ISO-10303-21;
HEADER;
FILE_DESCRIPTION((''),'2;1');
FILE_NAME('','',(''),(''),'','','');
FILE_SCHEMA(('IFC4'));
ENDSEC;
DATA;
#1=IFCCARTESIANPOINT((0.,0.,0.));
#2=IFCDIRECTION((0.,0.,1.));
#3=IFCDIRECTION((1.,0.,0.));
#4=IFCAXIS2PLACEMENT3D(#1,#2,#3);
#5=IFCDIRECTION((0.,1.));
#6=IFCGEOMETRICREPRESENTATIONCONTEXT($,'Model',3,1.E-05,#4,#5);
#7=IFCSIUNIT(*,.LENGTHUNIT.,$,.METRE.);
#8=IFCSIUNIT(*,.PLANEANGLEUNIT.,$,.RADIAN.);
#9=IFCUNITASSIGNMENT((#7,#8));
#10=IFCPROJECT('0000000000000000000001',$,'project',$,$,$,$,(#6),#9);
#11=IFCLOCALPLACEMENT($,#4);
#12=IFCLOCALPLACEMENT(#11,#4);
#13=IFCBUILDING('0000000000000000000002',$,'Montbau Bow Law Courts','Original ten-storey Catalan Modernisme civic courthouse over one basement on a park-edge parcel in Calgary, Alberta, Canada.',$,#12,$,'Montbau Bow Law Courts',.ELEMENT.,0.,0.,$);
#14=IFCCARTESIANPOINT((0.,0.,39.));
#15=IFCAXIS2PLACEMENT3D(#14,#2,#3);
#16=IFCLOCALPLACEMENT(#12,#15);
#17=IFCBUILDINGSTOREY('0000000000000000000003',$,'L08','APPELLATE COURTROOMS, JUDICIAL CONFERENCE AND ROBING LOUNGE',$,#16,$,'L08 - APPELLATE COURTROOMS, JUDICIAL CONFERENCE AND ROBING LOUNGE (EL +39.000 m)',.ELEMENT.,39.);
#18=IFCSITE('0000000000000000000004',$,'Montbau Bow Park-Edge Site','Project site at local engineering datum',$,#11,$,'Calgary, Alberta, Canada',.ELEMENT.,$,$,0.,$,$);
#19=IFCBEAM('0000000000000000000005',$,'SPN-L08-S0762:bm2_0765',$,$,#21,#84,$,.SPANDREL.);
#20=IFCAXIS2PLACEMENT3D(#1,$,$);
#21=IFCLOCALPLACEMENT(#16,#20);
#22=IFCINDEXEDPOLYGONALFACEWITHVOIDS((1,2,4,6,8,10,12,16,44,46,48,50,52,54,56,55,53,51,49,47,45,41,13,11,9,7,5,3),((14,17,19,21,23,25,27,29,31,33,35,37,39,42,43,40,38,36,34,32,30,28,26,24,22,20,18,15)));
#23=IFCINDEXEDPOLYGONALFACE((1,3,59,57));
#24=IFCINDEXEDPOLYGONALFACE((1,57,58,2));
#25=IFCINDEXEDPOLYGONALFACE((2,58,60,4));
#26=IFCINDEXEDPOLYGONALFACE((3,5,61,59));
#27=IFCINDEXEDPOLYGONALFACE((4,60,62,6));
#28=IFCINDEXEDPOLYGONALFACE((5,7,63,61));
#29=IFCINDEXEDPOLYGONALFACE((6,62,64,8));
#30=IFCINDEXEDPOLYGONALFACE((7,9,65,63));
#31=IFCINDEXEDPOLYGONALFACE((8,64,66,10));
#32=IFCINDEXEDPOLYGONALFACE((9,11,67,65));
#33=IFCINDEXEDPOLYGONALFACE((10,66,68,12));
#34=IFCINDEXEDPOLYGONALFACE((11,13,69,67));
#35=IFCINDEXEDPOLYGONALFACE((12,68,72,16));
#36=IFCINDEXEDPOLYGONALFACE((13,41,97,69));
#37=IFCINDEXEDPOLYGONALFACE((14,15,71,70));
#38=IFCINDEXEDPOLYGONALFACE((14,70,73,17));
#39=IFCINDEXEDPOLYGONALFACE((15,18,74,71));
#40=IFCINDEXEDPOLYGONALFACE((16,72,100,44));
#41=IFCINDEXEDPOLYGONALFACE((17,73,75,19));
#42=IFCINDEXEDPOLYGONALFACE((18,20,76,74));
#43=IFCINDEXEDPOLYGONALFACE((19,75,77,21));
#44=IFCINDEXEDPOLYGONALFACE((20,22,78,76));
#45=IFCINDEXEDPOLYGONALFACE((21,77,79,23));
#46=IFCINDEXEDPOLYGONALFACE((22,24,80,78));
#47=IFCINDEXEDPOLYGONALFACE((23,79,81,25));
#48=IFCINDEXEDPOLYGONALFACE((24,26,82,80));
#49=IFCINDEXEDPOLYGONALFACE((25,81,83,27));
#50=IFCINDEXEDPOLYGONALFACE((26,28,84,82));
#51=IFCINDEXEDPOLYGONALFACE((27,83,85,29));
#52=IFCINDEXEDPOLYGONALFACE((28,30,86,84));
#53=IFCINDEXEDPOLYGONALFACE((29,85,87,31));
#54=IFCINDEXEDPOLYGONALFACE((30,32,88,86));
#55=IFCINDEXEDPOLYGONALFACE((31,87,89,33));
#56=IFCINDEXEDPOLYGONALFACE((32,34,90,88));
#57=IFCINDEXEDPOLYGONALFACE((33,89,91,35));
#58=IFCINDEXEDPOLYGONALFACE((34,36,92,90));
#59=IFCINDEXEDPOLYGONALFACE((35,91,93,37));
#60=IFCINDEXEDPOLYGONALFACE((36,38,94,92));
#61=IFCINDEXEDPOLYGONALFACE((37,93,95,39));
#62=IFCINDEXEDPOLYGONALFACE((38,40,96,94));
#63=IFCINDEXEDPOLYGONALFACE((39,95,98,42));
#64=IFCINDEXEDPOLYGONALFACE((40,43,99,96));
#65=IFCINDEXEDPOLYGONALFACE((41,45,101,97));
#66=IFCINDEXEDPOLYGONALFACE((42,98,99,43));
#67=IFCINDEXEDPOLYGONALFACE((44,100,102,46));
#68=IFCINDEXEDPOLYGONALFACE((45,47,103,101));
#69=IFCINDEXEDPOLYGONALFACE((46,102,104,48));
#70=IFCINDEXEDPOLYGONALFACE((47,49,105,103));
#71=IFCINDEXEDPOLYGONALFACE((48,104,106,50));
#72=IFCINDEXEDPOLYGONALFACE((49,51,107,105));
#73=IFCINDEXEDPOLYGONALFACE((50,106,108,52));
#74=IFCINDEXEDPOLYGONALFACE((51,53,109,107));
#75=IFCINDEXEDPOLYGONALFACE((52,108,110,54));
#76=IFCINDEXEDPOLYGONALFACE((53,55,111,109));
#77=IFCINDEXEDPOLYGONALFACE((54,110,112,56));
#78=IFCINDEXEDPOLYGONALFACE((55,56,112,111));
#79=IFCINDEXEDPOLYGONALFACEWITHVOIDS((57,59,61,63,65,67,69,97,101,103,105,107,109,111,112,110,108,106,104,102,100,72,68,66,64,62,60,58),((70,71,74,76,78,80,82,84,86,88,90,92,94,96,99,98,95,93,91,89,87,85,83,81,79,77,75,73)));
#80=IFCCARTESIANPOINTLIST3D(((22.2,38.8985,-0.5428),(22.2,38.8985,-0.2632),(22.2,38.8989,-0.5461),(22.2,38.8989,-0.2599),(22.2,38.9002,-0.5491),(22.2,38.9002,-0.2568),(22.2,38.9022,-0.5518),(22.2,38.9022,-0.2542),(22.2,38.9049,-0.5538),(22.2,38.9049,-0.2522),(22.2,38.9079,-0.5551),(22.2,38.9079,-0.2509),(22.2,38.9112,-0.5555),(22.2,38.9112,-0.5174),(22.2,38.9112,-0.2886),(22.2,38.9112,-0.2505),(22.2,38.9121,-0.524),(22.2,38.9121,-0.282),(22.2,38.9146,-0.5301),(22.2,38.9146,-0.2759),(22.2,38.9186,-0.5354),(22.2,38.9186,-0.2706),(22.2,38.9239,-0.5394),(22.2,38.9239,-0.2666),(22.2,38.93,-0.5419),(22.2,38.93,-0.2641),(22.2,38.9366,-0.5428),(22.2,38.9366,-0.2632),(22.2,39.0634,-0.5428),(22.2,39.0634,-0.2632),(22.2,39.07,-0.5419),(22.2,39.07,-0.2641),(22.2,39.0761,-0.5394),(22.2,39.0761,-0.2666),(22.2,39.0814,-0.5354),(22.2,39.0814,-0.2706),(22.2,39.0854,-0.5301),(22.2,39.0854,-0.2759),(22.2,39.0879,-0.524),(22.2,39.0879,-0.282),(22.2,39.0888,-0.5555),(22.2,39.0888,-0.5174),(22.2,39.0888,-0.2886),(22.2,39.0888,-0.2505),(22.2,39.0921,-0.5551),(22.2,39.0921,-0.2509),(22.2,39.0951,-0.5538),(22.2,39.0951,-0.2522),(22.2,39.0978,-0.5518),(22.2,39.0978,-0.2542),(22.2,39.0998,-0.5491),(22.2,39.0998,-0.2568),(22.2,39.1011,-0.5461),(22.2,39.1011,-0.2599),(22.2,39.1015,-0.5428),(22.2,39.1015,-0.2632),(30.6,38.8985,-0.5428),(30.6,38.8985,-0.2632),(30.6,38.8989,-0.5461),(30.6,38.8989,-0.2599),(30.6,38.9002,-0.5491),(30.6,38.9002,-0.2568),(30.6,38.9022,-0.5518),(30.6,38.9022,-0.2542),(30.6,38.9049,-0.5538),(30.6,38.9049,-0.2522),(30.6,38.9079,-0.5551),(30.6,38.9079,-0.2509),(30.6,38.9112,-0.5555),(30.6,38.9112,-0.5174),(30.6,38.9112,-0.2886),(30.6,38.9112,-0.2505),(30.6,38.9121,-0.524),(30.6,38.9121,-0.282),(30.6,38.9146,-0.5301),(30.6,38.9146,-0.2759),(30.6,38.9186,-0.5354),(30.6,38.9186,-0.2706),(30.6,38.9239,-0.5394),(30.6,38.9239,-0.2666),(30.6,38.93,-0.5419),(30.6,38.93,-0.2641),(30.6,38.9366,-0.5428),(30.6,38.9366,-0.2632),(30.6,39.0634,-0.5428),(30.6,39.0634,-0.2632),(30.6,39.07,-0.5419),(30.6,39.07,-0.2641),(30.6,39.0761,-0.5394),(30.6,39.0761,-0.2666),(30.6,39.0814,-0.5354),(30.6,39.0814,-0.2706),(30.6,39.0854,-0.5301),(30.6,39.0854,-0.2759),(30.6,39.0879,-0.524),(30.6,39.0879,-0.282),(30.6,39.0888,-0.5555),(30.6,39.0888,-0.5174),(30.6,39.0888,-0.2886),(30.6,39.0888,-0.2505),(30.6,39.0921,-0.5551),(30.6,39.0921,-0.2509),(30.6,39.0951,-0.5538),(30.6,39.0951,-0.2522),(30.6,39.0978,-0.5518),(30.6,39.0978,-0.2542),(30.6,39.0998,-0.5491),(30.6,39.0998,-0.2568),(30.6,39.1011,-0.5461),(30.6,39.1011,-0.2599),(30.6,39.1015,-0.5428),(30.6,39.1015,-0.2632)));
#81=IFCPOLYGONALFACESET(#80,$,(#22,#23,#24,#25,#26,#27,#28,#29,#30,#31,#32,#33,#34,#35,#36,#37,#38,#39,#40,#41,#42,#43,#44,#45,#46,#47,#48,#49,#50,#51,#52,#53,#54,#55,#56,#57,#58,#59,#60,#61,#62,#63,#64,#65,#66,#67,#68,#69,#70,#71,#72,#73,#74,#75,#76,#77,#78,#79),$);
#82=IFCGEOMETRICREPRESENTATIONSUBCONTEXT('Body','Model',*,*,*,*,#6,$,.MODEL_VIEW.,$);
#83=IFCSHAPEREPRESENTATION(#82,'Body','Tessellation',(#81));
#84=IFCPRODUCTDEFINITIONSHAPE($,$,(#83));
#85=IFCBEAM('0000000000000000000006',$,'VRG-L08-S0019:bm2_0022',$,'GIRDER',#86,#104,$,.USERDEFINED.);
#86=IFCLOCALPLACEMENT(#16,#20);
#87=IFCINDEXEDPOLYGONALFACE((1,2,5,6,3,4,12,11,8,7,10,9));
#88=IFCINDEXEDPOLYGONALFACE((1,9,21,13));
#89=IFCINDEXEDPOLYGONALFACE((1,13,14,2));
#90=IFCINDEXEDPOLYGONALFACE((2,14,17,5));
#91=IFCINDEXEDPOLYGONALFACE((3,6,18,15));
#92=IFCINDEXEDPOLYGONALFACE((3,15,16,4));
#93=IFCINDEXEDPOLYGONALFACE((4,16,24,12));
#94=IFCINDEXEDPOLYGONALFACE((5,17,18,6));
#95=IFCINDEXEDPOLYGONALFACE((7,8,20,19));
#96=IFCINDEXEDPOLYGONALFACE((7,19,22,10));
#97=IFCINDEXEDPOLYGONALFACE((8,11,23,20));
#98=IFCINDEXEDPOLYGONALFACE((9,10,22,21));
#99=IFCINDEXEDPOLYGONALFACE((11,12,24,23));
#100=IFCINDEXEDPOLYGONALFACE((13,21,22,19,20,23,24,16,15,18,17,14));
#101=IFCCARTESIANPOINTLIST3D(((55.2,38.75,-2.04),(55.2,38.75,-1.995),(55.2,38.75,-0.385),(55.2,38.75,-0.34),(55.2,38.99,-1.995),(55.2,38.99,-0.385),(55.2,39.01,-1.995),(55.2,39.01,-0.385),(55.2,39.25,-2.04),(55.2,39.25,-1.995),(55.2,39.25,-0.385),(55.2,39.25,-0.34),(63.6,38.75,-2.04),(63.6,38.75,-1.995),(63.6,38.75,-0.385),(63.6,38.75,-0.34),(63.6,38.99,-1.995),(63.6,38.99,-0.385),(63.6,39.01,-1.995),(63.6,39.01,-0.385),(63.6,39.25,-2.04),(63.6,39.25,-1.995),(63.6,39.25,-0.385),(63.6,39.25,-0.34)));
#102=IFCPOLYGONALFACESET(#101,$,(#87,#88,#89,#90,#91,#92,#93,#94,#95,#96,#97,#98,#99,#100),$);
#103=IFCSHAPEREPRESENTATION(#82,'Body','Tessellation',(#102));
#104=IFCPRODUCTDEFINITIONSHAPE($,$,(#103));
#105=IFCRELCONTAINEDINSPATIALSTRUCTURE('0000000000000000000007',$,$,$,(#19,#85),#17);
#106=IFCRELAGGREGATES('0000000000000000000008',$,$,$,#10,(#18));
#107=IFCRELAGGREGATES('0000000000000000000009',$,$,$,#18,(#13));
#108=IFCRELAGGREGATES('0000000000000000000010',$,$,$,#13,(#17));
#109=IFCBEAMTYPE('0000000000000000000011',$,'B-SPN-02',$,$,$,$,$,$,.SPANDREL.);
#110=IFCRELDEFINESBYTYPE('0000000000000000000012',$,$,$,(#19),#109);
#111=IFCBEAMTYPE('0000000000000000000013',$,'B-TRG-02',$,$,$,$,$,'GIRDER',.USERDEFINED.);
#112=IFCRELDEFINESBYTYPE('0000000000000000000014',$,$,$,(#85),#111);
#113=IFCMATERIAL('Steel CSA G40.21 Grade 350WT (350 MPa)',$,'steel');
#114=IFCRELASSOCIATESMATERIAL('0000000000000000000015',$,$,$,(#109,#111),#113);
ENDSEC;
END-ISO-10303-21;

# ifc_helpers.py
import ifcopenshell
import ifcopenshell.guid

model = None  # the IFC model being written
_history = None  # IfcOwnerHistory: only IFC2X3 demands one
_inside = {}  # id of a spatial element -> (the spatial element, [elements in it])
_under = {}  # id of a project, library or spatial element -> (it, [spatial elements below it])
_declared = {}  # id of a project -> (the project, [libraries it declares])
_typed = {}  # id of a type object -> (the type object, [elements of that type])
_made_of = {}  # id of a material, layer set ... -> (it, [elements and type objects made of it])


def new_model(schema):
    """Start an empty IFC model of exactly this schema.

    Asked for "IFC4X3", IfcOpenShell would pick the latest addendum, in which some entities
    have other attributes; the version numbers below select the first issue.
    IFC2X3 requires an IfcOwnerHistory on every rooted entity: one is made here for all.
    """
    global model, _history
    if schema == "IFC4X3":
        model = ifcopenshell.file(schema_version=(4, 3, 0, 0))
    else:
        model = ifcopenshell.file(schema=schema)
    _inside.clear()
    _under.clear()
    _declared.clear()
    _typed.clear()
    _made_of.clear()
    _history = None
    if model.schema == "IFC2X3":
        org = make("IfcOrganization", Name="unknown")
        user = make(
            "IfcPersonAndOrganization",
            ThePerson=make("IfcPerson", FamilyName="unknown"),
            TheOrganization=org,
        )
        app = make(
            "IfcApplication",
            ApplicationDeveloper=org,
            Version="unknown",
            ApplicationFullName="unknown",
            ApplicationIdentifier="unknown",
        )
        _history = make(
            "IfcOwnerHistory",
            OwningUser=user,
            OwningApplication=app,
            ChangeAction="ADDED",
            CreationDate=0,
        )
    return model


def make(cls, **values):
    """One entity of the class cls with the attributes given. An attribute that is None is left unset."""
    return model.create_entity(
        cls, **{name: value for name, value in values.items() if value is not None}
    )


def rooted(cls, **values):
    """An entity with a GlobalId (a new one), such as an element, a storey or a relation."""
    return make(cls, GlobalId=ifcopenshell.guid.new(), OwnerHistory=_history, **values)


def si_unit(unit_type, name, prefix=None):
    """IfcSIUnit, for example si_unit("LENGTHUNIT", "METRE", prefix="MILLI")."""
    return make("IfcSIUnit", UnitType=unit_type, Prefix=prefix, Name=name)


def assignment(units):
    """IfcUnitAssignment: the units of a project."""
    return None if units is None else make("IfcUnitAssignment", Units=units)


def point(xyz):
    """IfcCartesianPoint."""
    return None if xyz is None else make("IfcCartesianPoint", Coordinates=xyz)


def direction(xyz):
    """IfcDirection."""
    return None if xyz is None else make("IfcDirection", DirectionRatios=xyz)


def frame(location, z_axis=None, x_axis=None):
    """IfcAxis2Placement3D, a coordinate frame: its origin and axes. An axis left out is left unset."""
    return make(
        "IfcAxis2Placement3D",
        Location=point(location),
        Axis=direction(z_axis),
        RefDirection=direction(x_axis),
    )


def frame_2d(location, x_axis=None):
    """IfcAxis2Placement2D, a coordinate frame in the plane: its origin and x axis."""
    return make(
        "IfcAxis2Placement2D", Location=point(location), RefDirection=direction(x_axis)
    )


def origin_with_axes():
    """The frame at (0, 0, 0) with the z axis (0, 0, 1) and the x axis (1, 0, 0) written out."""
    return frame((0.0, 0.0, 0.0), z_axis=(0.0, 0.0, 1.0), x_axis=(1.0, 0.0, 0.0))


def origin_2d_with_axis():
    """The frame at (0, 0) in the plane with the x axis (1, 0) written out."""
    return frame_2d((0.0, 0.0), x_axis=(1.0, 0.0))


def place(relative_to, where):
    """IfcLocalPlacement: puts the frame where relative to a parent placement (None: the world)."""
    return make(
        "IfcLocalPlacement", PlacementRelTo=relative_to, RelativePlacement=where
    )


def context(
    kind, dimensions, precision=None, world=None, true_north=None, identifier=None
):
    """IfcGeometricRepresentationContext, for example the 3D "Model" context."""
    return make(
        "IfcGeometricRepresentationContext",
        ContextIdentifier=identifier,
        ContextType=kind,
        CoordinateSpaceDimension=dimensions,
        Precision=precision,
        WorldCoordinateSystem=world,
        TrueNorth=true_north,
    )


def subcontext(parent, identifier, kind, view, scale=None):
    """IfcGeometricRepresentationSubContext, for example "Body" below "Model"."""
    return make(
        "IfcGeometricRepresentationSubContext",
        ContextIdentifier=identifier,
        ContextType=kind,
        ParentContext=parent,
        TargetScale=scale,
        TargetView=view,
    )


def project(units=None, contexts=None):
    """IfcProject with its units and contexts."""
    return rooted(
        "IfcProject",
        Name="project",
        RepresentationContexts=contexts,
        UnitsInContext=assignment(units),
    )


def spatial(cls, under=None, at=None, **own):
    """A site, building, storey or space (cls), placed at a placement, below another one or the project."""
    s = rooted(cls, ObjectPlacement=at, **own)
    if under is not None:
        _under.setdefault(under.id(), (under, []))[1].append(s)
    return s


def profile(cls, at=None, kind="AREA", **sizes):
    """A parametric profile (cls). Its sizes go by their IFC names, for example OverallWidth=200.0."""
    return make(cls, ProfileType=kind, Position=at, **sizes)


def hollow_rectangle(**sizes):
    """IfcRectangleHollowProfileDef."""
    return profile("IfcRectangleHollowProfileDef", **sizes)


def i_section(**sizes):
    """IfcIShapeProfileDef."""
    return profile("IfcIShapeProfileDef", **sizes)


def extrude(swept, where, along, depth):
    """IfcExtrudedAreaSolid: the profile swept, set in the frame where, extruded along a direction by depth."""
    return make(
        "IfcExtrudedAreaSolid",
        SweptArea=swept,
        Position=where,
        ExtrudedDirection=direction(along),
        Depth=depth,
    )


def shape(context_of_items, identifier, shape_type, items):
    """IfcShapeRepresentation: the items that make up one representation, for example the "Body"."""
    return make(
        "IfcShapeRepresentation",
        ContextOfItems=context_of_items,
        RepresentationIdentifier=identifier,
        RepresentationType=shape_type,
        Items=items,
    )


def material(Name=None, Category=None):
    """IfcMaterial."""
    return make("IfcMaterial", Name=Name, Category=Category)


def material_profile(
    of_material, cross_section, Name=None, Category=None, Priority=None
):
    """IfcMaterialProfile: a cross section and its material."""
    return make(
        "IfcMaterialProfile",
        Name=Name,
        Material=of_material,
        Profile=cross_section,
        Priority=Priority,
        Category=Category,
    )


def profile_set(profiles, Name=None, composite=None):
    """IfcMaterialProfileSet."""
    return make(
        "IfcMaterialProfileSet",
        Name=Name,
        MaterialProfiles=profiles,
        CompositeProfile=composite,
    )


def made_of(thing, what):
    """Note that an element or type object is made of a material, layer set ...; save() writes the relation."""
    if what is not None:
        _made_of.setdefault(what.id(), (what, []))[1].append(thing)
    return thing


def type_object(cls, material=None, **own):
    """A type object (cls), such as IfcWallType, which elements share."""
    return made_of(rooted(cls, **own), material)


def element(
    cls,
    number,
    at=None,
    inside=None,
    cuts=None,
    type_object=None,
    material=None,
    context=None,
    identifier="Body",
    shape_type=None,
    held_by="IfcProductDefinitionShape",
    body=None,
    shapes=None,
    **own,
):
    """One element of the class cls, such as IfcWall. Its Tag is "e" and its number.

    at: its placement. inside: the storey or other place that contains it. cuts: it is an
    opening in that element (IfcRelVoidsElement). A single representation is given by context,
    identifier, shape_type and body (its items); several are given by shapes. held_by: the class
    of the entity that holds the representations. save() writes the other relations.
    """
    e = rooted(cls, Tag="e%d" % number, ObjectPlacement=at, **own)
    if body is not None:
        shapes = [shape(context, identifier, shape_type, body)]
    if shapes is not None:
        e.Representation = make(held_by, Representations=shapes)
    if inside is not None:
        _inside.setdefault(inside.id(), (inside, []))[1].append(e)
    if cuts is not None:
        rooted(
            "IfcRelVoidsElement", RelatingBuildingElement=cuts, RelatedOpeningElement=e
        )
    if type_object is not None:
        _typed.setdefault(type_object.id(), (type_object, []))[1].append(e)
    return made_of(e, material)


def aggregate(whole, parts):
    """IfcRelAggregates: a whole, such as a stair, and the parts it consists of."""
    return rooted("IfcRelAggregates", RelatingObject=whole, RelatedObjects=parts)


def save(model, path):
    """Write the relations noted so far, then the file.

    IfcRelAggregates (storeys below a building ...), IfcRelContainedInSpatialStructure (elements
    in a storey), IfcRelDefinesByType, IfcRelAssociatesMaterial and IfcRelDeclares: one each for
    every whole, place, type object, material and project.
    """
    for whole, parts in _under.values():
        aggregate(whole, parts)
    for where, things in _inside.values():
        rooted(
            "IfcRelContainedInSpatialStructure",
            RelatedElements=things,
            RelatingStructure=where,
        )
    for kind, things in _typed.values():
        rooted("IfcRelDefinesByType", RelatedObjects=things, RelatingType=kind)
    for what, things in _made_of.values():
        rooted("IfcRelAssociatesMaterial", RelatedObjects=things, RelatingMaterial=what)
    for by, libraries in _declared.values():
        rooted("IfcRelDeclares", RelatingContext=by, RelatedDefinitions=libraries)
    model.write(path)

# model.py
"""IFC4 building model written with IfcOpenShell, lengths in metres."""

from ifc_helpers import new_model, si_unit, direction, frame, origin_with_axes, origin_2d_with_axis, place, context, subcontext, project, spatial, hollow_rectangle, i_section, extrude, material, material_profile, profile_set, type_object, element, save


model = new_model("IFC4")

# Units and contexts
model_context = context("Model", 3, precision=1e-05, world=origin_with_axes(), true_north=direction((0.0, 1.0)))
body_context = subcontext(model_context, "Body", "Model", "MODEL_VIEW")
ifc_project = project(units=[si_unit("LENGTHUNIT", "METRE"), si_unit("PLANEANGLEUNIT", "RADIAN")], contexts=[model_context])

# Site, building, storey
site_placement = place(None, origin_with_axes())
site = spatial("IfcSite", under=ifc_project, at=site_placement, Name="Montbau Bow Park-Edge Site", Description="Project site at local engineering datum", LongName="Calgary, Alberta, Canada", CompositionType="ELEMENT", RefElevation=0.0)
building_placement = place(site_placement, origin_with_axes())
building = spatial("IfcBuilding", under=site, at=building_placement, Name="Montbau Bow Law Courts", Description="Original ten-storey Catalan Modernisme civic courthouse over one basement on a park-edge parcel in Calgary, Alberta, Canada.", LongName="Montbau Bow Law Courts", CompositionType="ELEMENT", ElevationOfRefHeight=0.0, ElevationOfTerrain=0.0)
storey_placement = place(building_placement, frame((0.0, 0.0, 39.0), z_axis=(0.0, 0.0, 1.0), x_axis=(1.0, 0.0, 0.0)))
storey = spatial("IfcBuildingStorey", under=building, at=storey_placement, Name="L08", Description="APPELLATE COURTROOMS, JUDICIAL CONFERENCE AND ROBING LOUNGE", LongName="L08 - APPELLATE COURTROOMS, JUDICIAL CONFERENCE AND ROBING LOUNGE (EL +39.000 m)", CompositionType="ELEMENT", Elevation=39.0)

# Beams
ifc_material_1 = material(Name="Steel CSA G40.21 Grade 350WT (350 MPa)", Category="steel")
ifc_material_profile_1 = material_profile(ifc_material_1, hollow_rectangle(XDim=0.203, YDim=0.305, WallThickness=0.0127, InnerFilletRadius=0.0254, OuterFilletRadius=0.0127, at=origin_2d_with_axis()), Name="HSS305X203X13", Category="Main", Priority=0)
ifc_profile_set_1 = profile_set([ifc_material_profile_1], Name="Steel CSA G40.21 Grade 350WT (350 MPa)")
beam_type_1 = type_object("IfcBeamType", Name="B-SPN-02", PredefinedType="SPANDREL", material=ifc_profile_set_1)
beam_1_placement = place(None, frame((22.2, 39.0, 38.597), z_axis=(1.0, 0.0, 0.0), x_axis=(0.0, 1.0, 0.0)))
element("IfcBeam", 1, at=beam_1_placement, inside=storey, type_object=beam_type_1, Name="SPN-L08-S0762:bm2_0765", PredefinedType="SPANDREL", context=body_context, shape_type="SweptSolid", body=[
    extrude(hollow_rectangle(XDim=0.203, YDim=0.305, WallThickness=0.0127, InnerFilletRadius=0.0254, OuterFilletRadius=0.0127, at=origin_2d_with_axis()), origin_with_axes(), (0.0, 0.0, 1.0), 8.4),
])
ifc_material_profile_2 = material_profile(ifc_material_1, i_section(OverallWidth=0.5, OverallDepth=1.7, WebThickness=0.02, FlangeThickness=0.045, at=origin_2d_with_axis()), Name="WWF1700X480", Category="Main", Priority=0)
ifc_profile_set_2 = profile_set([ifc_material_profile_2], Name="Steel CSA G40.21 Grade 350WT (350 MPa)")
beam_type_2 = type_object("IfcBeamType", Name="B-TRG-02", ElementType="GIRDER", PredefinedType="USERDEFINED", material=ifc_profile_set_2)
beam_2_placement = place(None, frame((55.2, 39.0, 37.81), z_axis=(1.0, 0.0, 0.0), x_axis=(0.0, 1.0, 0.0)))
element("IfcBeam", 2, at=beam_2_placement, inside=storey, type_object=beam_type_2, Name="VRG-L08-S0019:bm2_0022", ObjectType="GIRDER", PredefinedType="USERDEFINED", context=body_context, shape_type="SweptSolid", body=[
    extrude(i_section(OverallWidth=0.5, OverallDepth=1.7, WebThickness=0.02, FlangeThickness=0.045, at=origin_2d_with_axis()), origin_with_axes(), (0.0, 0.0, 1.0), 8.4),
])

save(model, "model.ifc")
